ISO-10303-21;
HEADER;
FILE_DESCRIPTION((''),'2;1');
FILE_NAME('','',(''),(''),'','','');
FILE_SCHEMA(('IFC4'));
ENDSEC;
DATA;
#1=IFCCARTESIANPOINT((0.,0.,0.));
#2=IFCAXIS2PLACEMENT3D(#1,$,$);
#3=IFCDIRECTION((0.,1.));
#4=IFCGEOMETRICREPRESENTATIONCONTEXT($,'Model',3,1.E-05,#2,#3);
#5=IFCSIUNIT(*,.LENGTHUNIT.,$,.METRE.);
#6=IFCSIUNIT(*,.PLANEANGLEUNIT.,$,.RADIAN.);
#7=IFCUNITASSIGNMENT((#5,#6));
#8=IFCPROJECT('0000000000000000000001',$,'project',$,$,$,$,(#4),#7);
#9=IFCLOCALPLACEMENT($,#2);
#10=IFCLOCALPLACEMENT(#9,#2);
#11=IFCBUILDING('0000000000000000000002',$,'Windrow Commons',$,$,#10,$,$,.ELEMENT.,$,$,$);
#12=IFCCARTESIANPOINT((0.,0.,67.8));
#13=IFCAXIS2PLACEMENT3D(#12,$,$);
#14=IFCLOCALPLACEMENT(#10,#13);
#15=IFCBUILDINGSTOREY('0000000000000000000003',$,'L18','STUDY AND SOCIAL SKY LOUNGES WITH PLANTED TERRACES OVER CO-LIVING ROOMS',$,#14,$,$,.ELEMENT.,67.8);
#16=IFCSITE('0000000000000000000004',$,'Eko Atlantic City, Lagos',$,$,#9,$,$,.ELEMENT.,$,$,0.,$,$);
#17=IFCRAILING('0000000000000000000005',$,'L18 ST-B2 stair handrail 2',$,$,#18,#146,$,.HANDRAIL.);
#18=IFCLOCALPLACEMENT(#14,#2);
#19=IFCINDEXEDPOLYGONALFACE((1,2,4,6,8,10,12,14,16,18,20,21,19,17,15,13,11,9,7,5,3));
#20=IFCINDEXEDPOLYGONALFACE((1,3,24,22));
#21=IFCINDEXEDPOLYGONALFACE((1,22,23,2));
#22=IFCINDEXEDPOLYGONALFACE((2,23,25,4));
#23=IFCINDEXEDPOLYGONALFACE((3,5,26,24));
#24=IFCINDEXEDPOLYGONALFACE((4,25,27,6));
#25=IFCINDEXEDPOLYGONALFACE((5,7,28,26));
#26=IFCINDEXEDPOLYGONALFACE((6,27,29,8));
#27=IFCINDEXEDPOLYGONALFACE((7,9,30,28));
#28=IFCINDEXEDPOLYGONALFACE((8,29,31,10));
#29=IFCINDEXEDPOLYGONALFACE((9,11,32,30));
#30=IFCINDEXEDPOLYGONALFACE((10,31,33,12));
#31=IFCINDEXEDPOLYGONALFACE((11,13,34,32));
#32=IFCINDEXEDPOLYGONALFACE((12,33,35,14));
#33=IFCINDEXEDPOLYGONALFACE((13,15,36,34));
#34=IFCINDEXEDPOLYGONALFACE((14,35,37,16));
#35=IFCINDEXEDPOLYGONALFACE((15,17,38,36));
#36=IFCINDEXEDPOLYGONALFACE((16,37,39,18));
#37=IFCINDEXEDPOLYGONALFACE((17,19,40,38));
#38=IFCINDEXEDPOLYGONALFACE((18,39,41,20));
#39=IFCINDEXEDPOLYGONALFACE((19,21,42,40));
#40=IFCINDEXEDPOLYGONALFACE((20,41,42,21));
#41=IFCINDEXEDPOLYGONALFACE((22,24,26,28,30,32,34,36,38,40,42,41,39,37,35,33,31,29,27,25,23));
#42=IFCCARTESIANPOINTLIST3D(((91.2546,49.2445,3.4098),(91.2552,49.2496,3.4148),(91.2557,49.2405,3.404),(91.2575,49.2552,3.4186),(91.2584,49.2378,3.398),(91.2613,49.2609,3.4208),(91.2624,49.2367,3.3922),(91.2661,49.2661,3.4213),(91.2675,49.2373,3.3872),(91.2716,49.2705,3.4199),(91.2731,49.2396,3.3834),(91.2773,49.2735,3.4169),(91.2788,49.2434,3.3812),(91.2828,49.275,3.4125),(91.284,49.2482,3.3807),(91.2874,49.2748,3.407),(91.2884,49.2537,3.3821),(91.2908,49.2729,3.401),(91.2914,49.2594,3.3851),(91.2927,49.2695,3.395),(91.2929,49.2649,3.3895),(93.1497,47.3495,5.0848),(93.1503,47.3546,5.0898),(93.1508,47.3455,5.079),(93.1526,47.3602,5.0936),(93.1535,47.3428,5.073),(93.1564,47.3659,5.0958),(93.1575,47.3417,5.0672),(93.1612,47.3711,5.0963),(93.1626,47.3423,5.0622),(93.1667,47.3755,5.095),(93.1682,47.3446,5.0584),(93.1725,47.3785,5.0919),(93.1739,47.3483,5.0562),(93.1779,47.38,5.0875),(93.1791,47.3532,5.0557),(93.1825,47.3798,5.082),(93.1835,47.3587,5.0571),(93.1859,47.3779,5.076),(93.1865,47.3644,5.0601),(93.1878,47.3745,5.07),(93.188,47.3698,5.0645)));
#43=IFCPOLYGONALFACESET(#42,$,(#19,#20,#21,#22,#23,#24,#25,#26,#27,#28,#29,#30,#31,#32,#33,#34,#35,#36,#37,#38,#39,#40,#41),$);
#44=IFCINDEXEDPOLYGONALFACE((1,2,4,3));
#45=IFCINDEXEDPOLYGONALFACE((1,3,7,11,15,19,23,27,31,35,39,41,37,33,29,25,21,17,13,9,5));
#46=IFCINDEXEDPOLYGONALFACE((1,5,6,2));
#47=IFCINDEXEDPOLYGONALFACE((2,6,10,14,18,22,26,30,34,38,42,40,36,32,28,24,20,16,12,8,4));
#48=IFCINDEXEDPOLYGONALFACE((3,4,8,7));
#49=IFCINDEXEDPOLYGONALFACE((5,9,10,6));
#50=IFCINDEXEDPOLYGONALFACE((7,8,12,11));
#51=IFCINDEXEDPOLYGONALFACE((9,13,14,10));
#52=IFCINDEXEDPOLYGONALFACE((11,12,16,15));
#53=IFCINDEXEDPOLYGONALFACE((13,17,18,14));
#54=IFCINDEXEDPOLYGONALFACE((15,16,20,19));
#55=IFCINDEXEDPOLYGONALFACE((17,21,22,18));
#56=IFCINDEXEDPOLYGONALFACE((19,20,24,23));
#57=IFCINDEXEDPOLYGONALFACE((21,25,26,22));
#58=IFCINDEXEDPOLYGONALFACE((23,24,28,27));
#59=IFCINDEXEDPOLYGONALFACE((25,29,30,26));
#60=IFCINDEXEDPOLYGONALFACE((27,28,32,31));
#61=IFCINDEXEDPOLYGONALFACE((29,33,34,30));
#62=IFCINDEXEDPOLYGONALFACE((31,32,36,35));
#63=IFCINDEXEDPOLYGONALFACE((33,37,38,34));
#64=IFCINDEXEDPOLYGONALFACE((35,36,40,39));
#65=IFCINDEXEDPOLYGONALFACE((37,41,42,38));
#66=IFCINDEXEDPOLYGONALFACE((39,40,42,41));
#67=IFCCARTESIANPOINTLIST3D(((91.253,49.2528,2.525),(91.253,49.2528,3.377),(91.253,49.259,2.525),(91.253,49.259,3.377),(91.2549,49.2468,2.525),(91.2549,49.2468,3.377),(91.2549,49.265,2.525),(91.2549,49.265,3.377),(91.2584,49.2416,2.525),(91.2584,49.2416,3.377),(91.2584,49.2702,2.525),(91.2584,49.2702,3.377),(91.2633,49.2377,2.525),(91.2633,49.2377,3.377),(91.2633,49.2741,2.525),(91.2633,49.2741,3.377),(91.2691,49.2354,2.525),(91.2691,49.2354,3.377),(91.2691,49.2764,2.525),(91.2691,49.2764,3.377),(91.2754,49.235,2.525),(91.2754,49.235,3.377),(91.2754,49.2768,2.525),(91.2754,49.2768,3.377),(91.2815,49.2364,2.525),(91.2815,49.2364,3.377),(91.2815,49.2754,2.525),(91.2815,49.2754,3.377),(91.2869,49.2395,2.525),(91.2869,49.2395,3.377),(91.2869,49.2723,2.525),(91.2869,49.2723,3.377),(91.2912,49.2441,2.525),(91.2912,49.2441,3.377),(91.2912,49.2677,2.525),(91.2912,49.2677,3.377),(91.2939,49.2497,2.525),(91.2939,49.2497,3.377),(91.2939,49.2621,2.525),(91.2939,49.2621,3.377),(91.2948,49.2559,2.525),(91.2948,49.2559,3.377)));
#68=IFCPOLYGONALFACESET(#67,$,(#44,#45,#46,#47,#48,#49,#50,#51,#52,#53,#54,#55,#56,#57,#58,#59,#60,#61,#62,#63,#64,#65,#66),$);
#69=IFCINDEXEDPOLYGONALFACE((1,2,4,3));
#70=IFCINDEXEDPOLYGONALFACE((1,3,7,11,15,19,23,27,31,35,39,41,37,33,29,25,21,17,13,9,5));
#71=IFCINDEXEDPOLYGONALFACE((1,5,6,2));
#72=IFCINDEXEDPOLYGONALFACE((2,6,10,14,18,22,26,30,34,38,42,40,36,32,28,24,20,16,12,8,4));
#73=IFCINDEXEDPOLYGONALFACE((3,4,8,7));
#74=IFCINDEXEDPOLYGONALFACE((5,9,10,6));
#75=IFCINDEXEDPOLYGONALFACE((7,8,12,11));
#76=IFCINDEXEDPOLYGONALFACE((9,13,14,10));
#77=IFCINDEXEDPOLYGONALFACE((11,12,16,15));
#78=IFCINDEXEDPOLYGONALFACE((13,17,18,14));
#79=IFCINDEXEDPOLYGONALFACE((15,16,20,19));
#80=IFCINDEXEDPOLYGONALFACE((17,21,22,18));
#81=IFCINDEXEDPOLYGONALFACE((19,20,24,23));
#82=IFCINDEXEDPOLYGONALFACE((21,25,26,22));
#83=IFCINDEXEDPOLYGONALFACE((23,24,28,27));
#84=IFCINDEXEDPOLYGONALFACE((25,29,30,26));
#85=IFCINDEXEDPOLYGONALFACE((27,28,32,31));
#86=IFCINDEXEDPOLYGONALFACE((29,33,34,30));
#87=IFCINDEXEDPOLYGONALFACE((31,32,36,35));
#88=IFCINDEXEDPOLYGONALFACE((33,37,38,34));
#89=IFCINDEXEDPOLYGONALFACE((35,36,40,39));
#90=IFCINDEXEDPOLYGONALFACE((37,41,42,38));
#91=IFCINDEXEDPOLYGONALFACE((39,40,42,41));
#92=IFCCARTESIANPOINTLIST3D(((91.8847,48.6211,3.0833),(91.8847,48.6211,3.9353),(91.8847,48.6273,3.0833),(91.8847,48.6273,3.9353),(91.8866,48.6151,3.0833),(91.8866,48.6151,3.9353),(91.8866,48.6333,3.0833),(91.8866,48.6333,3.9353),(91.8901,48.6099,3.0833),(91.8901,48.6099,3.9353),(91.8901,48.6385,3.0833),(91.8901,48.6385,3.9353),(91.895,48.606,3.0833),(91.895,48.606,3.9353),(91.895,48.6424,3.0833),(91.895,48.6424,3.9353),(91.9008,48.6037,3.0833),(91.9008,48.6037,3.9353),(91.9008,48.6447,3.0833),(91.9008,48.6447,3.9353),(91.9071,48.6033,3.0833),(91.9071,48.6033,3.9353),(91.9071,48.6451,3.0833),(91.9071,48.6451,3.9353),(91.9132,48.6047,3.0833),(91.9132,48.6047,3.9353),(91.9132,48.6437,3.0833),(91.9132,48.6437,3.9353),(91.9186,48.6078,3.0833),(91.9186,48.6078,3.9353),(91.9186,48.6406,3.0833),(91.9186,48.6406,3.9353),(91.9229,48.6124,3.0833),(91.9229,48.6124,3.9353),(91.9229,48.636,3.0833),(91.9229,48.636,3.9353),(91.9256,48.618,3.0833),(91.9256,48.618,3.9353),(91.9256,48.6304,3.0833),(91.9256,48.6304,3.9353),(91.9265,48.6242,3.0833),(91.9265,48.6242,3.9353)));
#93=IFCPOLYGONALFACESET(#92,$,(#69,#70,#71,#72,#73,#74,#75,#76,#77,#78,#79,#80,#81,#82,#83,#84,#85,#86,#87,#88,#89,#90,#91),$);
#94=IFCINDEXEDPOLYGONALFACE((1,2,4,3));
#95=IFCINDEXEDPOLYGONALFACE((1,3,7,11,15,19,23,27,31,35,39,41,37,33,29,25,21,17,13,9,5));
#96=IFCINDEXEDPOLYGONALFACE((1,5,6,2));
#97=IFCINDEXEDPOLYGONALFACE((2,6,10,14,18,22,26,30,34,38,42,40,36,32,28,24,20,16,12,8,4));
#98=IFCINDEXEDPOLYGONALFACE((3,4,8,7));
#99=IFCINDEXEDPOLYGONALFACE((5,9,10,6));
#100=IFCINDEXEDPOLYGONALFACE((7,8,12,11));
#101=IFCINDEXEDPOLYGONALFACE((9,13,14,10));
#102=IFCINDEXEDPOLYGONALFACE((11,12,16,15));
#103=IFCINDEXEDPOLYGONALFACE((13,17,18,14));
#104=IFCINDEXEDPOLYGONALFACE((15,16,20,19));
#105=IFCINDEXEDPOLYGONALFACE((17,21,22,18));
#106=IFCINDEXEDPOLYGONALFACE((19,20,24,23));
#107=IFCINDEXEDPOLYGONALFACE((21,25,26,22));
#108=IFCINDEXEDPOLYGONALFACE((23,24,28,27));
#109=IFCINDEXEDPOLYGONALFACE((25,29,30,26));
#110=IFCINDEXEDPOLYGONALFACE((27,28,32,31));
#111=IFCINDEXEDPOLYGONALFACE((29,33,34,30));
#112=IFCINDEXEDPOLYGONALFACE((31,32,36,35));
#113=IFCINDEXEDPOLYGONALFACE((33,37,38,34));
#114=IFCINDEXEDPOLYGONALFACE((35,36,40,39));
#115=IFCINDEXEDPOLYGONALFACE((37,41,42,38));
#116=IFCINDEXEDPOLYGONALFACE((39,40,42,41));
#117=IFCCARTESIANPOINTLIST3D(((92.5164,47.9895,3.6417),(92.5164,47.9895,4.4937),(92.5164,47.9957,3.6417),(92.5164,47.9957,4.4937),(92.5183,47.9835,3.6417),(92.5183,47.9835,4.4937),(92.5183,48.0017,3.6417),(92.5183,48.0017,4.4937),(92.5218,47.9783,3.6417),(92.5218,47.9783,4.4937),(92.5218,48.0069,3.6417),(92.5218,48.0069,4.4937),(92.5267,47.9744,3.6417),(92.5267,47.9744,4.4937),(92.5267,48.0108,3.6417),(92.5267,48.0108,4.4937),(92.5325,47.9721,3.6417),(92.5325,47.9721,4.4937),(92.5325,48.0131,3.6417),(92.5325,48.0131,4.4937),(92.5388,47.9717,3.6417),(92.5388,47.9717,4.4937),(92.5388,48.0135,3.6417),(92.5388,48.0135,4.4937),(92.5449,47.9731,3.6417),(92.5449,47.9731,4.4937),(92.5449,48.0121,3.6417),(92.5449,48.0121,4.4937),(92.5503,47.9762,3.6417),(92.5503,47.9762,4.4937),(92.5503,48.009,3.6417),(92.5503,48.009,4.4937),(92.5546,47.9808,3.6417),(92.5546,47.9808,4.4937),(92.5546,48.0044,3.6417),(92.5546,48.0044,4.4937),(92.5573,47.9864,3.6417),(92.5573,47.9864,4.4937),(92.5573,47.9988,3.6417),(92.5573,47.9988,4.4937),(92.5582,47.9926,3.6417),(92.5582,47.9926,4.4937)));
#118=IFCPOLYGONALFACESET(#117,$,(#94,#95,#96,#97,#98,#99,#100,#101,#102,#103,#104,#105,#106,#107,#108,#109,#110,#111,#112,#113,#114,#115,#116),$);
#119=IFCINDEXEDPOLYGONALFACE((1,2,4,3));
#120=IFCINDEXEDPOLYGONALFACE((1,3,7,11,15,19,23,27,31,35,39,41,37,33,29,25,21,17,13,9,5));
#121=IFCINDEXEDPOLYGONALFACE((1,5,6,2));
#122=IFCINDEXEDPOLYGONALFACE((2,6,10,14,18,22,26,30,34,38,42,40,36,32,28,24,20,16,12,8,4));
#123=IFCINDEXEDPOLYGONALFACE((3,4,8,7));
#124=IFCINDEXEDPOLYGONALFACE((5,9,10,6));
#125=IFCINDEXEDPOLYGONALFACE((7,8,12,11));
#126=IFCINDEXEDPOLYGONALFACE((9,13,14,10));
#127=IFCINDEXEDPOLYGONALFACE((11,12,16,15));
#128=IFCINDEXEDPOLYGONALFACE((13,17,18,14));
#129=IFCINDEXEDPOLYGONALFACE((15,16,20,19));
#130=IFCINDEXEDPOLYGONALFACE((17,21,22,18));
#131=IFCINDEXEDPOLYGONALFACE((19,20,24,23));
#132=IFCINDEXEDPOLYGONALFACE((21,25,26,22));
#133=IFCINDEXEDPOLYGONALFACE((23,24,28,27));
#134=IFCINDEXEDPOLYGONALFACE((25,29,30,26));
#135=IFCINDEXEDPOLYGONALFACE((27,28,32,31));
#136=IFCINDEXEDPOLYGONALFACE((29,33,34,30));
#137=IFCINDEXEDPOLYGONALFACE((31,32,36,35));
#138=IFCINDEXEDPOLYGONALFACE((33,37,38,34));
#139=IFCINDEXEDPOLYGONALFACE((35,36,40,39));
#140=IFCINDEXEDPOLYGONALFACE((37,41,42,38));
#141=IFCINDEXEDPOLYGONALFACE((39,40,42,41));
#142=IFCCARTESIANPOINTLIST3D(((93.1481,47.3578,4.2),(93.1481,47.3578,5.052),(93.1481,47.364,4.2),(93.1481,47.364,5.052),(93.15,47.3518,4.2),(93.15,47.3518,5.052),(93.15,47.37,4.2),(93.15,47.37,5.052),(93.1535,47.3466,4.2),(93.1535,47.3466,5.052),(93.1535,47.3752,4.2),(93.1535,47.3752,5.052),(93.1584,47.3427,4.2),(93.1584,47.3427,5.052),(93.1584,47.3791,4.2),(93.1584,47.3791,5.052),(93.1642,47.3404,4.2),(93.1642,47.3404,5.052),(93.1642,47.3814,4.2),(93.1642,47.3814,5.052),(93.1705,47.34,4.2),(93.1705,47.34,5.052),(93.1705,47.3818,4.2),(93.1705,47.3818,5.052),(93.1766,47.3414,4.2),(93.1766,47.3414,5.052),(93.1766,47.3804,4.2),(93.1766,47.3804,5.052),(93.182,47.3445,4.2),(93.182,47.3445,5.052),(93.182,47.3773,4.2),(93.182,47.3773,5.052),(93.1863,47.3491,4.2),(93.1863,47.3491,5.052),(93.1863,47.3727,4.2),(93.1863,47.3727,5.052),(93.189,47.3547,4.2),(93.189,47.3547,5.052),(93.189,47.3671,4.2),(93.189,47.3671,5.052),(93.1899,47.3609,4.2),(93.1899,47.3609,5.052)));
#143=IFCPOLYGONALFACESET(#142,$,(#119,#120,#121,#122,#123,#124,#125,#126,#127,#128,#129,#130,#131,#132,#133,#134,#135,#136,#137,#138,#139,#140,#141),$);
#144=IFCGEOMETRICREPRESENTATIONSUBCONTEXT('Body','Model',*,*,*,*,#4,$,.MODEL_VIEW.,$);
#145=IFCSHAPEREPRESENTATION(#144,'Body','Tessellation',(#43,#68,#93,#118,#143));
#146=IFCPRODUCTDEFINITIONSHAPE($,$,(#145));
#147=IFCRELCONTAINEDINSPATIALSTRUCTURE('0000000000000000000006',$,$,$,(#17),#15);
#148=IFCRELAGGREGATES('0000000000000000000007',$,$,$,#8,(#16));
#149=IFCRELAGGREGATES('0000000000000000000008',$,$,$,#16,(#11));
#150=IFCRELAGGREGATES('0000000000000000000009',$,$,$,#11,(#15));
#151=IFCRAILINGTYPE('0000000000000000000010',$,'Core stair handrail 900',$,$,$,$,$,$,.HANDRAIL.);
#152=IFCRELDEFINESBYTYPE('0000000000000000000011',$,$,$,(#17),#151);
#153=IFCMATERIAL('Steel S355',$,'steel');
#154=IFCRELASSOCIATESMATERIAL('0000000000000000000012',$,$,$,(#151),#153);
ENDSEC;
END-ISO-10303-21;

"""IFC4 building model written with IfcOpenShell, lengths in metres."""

from ifc_helpers import new_model, si_unit, direction, frame, origin, origin_2d, place, context, subcontext, project, spatial, circle, extrude, material, type_object, element, save


model = new_model("IFC4")

# Units and contexts
model_context = context("Model", 3, precision=1e-05, world=origin(), true_north=direction((0.0, 1.0)))
body_context = subcontext(model_context, "Body", "Model", "MODEL_VIEW")
ifc_project = project(units=[si_unit("LENGTHUNIT", "METRE"), si_unit("PLANEANGLEUNIT", "RADIAN")], contexts=[model_context])

# Site, building, storey
site_placement = place(None, origin())
site = spatial("IfcSite", under=ifc_project, at=site_placement, Name="Eko Atlantic City, Lagos", CompositionType="ELEMENT", RefElevation=0.0)
building_placement = place(site_placement, origin())
building = spatial("IfcBuilding", under=site, at=building_placement, Name="Windrow Commons", CompositionType="ELEMENT")
storey_placement = place(building_placement, frame((0.0, 0.0, 67.8)))
storey = spatial("IfcBuildingStorey", under=building, at=storey_placement, Name="L18", Description="STUDY AND SOCIAL SKY LOUNGES WITH PLANTED TERRACES OVER CO-LIVING ROOMS", CompositionType="ELEMENT", Elevation=67.8)

# Railing
ifc_material_1 = material(Name="Steel S355", Category="steel")
railing_type_1 = type_object("IfcRailingType", Name="Core stair handrail 900", PredefinedType="HANDRAIL", material=ifc_material_1)
railing_1_placement = place(storey_placement, frame((91.2738, 49.2559, 2.525)))
element("IfcRailing", 1, at=railing_1_placement, inside=storey, type_object=railing_type_1, Name="L18 ST-B2 stair handrail 2", PredefinedType="HANDRAIL", context=body_context, shape_type="SweptSolid", body=[
    extrude(circle(Radius=0.024, at=origin_2d()), frame((0.0, 0.0, 0.876), z_axis=(0.599642, -0.59961, 0.529998), x_axis=(0.707088, 0.707125, 0.0)), (0.0, 0.0, 1.0), 3.1604),
    extrude(circle(Radius=0.021, at=origin_2d()), origin(), (0.0, 0.0, 1.0), 0.852),
    extrude(circle(Radius=0.021, at=origin_2d()), frame((0.6317, -0.6317, 0.5583)), (0.0, 0.0, 1.0), 0.852),
    extrude(circle(Radius=0.021, at=origin_2d()), frame((1.2634, -1.2633, 1.1167)), (0.0, 0.0, 1.0), 0.852),
    extrude(circle(Radius=0.021, at=origin_2d()), frame((1.8951, -1.895, 1.675)), (0.0, 0.0, 1.0), 0.852),
])

save(model, "model.ifc")
